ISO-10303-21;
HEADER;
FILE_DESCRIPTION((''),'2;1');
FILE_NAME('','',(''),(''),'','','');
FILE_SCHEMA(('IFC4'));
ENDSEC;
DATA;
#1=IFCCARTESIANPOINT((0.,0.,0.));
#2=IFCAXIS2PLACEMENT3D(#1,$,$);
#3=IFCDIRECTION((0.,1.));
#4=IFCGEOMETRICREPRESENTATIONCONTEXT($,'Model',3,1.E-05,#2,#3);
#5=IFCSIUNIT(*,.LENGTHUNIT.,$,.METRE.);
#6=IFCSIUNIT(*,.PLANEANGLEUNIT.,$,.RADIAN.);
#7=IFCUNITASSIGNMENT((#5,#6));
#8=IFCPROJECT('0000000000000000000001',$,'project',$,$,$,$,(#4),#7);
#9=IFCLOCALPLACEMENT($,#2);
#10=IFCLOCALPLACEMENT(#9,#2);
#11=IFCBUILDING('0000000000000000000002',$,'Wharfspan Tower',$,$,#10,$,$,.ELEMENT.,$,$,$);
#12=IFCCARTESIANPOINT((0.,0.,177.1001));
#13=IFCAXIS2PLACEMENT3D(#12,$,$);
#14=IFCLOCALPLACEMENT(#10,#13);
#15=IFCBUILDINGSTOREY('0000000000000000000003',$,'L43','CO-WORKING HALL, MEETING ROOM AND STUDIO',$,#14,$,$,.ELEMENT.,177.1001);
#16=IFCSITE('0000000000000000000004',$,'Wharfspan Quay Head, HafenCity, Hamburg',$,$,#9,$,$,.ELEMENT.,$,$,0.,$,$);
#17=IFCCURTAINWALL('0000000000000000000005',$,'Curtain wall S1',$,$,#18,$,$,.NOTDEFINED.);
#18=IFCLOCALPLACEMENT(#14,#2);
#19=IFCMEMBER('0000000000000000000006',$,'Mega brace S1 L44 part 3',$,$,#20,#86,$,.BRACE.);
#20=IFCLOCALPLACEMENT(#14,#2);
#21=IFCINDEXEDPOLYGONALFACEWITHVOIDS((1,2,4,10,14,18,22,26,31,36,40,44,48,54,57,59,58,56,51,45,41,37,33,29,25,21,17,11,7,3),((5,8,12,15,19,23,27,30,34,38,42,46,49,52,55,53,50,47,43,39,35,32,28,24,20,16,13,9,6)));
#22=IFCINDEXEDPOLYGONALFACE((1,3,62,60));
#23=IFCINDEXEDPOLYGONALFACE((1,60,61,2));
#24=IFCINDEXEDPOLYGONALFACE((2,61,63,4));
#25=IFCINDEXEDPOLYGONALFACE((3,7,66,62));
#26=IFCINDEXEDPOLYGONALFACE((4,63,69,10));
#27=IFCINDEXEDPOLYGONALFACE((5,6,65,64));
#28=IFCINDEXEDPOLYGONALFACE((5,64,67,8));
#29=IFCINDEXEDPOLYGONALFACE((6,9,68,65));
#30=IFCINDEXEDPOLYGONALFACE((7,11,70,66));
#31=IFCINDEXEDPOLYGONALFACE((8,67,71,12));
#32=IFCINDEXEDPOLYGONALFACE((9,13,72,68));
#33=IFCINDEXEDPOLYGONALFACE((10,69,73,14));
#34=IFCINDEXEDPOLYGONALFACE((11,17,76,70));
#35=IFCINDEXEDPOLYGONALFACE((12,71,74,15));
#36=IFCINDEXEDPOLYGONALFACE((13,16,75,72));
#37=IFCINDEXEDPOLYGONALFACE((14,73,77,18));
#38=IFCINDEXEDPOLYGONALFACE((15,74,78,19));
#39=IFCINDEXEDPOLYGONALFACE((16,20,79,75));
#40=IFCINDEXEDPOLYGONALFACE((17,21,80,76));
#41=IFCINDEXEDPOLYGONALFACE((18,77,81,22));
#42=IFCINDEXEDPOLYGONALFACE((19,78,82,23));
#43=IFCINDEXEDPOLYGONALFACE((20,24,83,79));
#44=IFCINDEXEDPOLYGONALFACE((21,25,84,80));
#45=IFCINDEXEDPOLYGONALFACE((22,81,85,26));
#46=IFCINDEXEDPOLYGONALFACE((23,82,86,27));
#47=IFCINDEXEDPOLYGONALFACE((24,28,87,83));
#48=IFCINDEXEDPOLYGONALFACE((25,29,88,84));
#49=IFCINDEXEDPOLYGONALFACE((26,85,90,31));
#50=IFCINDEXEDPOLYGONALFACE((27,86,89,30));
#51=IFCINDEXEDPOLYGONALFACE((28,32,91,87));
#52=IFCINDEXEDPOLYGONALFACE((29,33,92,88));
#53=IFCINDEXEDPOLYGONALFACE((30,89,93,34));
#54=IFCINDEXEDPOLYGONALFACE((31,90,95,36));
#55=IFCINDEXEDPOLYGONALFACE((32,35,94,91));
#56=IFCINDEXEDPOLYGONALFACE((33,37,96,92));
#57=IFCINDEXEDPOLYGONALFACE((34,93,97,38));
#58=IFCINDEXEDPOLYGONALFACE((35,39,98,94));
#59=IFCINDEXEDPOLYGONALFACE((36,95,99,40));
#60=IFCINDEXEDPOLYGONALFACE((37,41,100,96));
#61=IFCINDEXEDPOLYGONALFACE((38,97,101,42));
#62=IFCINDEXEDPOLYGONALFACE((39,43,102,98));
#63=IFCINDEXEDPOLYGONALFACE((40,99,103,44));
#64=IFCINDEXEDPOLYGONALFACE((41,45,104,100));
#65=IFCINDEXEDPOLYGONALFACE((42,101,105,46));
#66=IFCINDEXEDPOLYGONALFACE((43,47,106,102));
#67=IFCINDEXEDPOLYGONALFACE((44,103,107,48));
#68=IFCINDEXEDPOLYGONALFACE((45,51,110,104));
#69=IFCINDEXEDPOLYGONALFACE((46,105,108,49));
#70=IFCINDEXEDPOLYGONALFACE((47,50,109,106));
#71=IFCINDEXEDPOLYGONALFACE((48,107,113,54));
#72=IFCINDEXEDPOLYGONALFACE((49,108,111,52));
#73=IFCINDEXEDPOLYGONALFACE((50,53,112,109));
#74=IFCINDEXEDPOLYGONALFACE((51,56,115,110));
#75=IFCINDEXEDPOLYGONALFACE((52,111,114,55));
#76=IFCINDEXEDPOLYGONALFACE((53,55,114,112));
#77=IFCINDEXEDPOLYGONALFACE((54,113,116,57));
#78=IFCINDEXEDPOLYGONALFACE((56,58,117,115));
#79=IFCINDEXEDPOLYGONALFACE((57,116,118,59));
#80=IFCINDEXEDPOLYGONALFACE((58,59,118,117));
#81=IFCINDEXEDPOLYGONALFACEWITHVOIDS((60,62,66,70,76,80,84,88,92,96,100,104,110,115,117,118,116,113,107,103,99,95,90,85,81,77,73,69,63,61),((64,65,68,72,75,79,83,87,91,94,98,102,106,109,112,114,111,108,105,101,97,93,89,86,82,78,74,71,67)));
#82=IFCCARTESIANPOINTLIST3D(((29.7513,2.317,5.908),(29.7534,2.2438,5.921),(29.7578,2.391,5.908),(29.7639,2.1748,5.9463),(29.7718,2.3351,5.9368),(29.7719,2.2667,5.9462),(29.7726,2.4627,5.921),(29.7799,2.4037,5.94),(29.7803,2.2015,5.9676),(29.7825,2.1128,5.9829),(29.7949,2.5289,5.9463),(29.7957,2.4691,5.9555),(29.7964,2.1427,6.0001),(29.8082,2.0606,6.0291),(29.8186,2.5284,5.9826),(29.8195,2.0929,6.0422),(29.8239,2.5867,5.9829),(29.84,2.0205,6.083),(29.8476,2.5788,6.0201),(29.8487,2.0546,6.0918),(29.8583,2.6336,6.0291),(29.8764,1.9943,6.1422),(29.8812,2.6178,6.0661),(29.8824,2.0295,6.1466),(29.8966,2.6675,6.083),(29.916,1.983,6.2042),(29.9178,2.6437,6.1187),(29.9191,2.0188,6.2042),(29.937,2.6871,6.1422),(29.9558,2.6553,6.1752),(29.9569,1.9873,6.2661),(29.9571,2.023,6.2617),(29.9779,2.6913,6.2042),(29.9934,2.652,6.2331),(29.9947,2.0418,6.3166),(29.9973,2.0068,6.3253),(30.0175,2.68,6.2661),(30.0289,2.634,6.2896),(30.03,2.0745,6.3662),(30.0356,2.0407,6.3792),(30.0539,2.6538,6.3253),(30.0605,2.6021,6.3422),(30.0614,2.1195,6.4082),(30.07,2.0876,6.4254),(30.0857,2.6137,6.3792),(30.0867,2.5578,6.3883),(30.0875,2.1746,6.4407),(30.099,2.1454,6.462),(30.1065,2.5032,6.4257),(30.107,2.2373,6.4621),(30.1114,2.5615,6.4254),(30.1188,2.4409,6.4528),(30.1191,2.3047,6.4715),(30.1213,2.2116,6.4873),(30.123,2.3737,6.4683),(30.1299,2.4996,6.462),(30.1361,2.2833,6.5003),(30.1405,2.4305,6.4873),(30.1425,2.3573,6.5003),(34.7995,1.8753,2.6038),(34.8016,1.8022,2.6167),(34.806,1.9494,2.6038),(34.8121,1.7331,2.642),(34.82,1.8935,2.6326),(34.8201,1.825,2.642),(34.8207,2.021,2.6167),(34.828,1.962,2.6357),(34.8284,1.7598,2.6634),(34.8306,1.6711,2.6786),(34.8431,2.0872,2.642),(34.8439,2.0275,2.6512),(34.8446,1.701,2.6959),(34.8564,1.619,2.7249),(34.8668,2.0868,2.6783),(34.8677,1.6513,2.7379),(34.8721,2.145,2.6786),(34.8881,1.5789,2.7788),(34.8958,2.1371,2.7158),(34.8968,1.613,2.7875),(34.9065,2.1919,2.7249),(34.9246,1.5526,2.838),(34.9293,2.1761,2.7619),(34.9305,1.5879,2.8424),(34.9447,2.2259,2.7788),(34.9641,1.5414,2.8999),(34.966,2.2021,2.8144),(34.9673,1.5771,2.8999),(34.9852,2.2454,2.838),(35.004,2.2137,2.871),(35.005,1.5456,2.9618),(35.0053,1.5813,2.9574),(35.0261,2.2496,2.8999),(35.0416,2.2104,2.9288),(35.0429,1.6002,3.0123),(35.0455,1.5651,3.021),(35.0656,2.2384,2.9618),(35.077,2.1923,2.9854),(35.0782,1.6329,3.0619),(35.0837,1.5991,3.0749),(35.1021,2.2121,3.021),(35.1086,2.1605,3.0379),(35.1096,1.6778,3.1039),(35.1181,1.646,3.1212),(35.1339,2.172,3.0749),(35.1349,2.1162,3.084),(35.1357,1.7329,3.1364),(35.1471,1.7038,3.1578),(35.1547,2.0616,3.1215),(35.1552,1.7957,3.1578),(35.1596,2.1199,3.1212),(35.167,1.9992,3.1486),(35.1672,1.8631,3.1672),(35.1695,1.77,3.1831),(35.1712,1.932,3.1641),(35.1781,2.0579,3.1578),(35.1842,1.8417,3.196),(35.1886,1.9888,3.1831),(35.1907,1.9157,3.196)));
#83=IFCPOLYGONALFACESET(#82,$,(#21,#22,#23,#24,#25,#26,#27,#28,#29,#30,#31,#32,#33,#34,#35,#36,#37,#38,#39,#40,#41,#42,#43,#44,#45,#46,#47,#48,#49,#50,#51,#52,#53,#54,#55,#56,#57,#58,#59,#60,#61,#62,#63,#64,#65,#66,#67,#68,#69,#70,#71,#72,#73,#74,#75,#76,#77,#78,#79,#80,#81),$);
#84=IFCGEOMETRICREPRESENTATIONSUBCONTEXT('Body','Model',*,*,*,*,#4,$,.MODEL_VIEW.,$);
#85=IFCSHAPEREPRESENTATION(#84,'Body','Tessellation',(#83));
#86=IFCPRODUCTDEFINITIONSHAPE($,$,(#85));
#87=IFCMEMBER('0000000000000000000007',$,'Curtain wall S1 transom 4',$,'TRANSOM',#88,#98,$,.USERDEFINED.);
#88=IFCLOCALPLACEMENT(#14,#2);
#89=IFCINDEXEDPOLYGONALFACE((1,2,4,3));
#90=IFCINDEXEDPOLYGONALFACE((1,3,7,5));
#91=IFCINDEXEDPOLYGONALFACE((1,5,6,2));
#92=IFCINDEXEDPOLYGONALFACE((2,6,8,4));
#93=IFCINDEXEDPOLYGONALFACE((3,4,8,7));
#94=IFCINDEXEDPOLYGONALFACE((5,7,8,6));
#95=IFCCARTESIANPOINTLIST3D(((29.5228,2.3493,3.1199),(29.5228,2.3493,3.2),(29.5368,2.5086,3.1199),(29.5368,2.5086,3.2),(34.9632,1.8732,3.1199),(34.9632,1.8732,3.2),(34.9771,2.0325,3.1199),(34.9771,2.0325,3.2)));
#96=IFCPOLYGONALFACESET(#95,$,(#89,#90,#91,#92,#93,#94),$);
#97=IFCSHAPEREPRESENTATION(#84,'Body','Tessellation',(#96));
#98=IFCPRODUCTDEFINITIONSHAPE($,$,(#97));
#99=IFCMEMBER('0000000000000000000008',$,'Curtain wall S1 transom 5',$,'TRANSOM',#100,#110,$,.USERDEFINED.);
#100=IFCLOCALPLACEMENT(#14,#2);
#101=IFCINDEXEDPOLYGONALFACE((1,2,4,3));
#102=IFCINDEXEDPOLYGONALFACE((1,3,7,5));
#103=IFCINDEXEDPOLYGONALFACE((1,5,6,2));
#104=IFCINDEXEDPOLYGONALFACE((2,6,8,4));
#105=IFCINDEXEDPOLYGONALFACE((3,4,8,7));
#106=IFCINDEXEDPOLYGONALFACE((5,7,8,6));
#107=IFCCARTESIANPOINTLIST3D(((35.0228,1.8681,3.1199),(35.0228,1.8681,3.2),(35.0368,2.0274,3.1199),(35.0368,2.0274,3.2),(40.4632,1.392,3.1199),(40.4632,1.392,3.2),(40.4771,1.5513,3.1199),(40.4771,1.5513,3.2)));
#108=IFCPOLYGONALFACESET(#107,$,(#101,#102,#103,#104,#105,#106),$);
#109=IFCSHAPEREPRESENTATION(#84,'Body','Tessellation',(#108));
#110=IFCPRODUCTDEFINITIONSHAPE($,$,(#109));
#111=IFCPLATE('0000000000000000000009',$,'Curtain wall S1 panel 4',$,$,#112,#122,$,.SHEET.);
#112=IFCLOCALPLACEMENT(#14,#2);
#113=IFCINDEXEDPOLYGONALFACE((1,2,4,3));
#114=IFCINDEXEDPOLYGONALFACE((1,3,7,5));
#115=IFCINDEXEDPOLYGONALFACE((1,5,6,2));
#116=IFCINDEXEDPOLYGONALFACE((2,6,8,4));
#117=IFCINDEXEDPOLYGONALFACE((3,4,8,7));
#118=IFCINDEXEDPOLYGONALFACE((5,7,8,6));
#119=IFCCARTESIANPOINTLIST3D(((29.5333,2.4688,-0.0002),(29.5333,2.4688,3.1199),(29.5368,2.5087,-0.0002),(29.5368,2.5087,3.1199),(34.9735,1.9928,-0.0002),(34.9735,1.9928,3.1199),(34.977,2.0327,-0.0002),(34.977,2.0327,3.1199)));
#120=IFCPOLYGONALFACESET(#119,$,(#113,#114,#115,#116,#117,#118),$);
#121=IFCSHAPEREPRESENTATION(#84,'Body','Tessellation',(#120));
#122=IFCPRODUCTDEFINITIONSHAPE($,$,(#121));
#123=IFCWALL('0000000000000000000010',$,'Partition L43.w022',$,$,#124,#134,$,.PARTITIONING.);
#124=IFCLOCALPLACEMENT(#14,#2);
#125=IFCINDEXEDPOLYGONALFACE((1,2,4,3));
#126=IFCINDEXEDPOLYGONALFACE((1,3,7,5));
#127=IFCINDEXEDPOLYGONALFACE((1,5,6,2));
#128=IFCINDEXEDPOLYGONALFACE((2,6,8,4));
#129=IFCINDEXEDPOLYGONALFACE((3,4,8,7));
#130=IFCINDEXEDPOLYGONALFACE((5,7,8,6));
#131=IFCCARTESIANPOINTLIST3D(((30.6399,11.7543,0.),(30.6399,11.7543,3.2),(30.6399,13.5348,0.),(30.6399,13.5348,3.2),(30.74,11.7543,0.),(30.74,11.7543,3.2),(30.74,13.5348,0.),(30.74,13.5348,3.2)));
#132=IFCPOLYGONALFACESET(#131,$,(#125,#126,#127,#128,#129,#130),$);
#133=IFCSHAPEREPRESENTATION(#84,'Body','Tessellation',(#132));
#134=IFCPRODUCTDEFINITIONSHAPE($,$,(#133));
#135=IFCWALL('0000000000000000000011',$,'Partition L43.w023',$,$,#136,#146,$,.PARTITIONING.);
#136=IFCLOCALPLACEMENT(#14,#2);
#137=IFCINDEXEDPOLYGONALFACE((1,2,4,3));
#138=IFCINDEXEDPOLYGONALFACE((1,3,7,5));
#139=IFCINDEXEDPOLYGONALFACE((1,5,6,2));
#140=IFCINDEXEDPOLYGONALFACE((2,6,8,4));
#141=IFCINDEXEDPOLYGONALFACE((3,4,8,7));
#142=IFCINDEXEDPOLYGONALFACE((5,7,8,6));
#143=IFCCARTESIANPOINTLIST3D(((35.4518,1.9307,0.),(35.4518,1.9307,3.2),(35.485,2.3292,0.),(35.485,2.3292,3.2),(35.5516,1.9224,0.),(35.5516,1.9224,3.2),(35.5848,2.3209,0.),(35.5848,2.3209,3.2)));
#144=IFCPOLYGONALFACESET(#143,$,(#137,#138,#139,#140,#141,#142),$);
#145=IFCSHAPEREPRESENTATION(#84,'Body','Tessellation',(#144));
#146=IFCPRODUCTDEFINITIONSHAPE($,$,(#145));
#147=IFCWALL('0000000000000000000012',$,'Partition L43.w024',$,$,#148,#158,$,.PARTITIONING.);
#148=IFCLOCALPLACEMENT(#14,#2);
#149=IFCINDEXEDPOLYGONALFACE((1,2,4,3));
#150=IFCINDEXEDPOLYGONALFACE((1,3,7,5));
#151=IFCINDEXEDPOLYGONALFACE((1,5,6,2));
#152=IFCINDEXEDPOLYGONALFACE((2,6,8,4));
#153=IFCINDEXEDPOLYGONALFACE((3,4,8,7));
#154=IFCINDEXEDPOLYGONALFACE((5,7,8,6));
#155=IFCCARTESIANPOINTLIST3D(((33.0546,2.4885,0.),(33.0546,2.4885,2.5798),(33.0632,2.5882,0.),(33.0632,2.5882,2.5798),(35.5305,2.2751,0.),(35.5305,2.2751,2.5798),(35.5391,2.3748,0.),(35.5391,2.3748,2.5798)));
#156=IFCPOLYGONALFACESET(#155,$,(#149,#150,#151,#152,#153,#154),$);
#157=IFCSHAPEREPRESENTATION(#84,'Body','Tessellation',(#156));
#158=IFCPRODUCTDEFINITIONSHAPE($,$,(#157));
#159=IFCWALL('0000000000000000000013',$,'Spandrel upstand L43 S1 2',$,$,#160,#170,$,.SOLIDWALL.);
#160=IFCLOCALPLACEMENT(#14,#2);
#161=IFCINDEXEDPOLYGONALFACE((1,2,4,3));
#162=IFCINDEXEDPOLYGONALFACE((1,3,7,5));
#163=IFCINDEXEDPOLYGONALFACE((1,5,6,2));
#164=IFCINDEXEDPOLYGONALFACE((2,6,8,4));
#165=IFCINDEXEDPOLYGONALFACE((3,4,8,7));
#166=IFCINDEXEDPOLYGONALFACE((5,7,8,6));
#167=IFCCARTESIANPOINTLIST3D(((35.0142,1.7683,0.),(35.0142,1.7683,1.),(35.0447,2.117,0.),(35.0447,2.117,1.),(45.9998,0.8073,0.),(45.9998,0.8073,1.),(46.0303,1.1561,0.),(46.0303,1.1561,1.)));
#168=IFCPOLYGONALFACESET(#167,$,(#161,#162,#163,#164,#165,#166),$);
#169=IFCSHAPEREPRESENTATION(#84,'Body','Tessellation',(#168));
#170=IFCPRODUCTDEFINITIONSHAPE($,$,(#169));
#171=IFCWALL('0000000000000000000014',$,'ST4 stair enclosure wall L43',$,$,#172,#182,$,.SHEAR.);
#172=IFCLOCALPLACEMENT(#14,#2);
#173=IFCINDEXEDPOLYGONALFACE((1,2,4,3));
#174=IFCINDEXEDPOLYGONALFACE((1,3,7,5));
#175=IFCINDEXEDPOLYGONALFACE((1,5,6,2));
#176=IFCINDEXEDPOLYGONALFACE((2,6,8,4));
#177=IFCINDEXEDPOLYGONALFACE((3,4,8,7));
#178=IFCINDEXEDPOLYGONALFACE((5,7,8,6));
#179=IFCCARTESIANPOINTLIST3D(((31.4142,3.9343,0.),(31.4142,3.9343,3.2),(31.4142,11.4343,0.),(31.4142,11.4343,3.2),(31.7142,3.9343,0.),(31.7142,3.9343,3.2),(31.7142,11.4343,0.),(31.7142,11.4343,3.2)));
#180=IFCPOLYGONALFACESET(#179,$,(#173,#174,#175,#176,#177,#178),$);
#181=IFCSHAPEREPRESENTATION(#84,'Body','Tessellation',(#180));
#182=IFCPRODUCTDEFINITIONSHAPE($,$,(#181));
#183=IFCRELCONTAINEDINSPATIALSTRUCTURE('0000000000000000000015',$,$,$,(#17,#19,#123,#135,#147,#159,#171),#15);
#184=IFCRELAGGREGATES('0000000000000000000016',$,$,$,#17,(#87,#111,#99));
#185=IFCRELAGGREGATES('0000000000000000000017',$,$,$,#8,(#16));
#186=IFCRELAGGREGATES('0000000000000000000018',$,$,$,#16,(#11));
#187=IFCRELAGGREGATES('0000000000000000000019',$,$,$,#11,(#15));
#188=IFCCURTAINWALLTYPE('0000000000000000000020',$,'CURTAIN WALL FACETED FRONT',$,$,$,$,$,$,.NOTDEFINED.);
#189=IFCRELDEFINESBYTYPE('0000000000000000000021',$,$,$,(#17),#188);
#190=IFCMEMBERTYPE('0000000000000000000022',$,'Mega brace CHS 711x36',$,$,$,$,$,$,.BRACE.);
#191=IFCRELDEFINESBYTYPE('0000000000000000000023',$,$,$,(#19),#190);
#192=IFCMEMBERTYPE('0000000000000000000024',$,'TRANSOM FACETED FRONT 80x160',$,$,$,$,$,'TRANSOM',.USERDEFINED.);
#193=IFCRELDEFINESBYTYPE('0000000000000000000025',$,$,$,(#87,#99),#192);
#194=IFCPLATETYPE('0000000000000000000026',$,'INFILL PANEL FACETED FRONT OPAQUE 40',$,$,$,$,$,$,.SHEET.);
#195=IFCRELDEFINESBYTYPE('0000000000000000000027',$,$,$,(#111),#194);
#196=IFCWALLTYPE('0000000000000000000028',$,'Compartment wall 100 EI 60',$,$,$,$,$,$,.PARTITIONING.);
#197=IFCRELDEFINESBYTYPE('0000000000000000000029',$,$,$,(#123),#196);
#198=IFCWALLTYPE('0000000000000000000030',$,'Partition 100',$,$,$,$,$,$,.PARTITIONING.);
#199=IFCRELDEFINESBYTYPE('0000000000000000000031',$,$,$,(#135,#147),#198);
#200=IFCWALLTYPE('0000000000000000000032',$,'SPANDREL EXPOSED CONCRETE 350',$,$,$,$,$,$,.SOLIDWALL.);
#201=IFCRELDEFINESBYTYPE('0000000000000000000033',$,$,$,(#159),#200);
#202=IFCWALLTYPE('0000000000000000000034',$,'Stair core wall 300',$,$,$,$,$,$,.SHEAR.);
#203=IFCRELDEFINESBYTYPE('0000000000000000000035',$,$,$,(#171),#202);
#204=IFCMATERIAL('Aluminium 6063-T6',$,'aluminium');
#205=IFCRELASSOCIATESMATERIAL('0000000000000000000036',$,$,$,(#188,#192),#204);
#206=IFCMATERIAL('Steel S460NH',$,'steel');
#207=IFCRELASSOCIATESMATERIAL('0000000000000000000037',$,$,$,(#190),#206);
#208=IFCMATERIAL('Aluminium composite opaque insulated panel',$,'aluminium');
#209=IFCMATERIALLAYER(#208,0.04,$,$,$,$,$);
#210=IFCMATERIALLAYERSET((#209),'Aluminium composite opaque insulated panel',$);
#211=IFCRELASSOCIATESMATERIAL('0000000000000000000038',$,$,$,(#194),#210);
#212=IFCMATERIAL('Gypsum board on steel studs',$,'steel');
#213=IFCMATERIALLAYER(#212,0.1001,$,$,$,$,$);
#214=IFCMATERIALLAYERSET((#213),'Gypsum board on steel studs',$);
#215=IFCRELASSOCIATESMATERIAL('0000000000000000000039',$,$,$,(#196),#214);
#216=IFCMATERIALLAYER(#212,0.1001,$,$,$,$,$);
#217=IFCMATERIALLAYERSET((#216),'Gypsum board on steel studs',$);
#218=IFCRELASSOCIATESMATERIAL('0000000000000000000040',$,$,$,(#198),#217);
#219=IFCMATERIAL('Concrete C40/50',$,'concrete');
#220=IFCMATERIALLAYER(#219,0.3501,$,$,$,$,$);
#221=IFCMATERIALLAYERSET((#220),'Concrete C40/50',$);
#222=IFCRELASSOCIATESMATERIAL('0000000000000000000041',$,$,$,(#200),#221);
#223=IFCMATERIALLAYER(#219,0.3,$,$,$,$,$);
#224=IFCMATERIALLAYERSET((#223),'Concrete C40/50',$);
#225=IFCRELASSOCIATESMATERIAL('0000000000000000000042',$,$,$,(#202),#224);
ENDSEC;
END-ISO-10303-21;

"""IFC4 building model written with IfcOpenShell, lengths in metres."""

from ifc_helpers import new_model, si_unit, direction, frame, frame_2d, origin, origin_2d, place, context, subcontext, project, spatial, rectangle, hollow_circle, extrude, material, layer, layer_set, material_profile, profile_set, type_object, element, aggregate, save


model = new_model("IFC4")

# Units and contexts
model_context = context("Model", 3, precision=1e-05, world=origin(), true_north=direction((0.0, 1.0)))
body_context = subcontext(model_context, "Body", "Model", "MODEL_VIEW")
ifc_project = project(units=[si_unit("LENGTHUNIT", "METRE"), si_unit("PLANEANGLEUNIT", "RADIAN")], contexts=[model_context])

# Site, building, storey
site_placement = place(None, origin())
site = spatial("IfcSite", under=ifc_project, at=site_placement, Name="Wharfspan Quay Head, HafenCity, Hamburg", CompositionType="ELEMENT", RefElevation=0.0)
building_placement = place(site_placement, origin())
building = spatial("IfcBuilding", under=site, at=building_placement, Name="Wharfspan Tower", CompositionType="ELEMENT")
storey_placement = place(building_placement, frame((0.0, 0.0, 177.1001)))
storey = spatial("IfcBuildingStorey", under=building, at=storey_placement, Name="L43", Description="CO-WORKING HALL, MEETING ROOM AND STUDIO", CompositionType="ELEMENT", Elevation=177.1001)

# Curtain wall
ifc_material_1 = material(Name="Aluminium 6063-T6", Category="aluminium")
curtain_wall_type = type_object("IfcCurtainWallType", Name="CURTAIN WALL FACETED FRONT", PredefinedType="NOTDEFINED", material=ifc_material_1)
curtain_wall_placement = place(storey_placement, origin())
curtain_wall = element("IfcCurtainWall", 1, at=curtain_wall_placement, inside=storey, type_object=curtain_wall_type, Name="Curtain wall S1", PredefinedType="NOTDEFINED")

# Members
ifc_material_2 = material(Name="Steel S460NH", Category="steel")
ifc_material_profile_1 = material_profile(ifc_material_2, hollow_circle(Radius=0.3555, WallThickness=0.0359, at=origin_2d()))
ifc_profile_set_1 = profile_set([ifc_material_profile_1], Name="Steel S460NH")
member_type_1 = type_object("IfcMemberType", Name="Mega brace CHS 711x36", PredefinedType="BRACE", material=ifc_profile_set_1)
member_1_placement = place(storey_placement, frame((34.9951, 1.8955, 2.8999), z_axis=(-0.834469, 0.073006, 0.546197), x_axis=(-0.087156, -0.996198, -0.000001)))
element("IfcMember", 2, at=member_1_placement, inside=storey, type_object=member_type_1, Name="Mega brace S1 L44 part 3", PredefinedType="BRACE", context=body_context, shape_type="SweptSolid", body=[
    extrude(hollow_circle(Radius=0.3555, WallThickness=0.0359, at=origin_2d()), origin(), (0.0, 0.0, 1.0), 6.0496),
])
ifc_material_profile_2 = material_profile(ifc_material_1, rectangle(XDim=0.1599, YDim=0.0801, at=origin_2d()))
ifc_profile_set_2 = profile_set([ifc_material_profile_2], Name="Aluminium 6063-T6")
member_type_2 = type_object("IfcMemberType", Name="TRANSOM FACETED FRONT 80x160", ElementType="TRANSOM", PredefinedType="USERDEFINED", material=ifc_profile_set_2)
member_2_placement = place(storey_placement, frame((29.5298, 2.429, 3.1599), z_axis=(0.996193, -0.087174, 0.0), x_axis=(0.087174, 0.996193, 0.0)))
member_2 = element("IfcMember", 3, at=member_2_placement, type_object=member_type_2, Name="Curtain wall S1 transom 4", ObjectType="TRANSOM", PredefinedType="USERDEFINED", context=body_context, shape_type="SweptSolid", body=[
    extrude(rectangle(XDim=0.1599, YDim=0.0801, at=origin_2d()), origin(), (0.0, 0.0, 1.0), 5.4612),
])
member_3_placement = place(storey_placement, frame((35.0298, 1.9478, 3.1599), z_axis=(0.996193, -0.087174, 0.0), x_axis=(0.087174, 0.996193, 0.0)))
member_3 = element("IfcMember", 4, at=member_3_placement, type_object=member_type_2, Name="Curtain wall S1 transom 5", ObjectType="TRANSOM", PredefinedType="USERDEFINED", context=body_context, shape_type="SweptSolid", body=[
    extrude(rectangle(XDim=0.1599, YDim=0.0801, at=origin_2d()), origin(), (0.0, 0.0, 1.0), 5.4612),
])

# Plate
ifc_material_3 = material(Name="Aluminium composite opaque insulated panel", Category="aluminium")
ifc_layer_1 = layer(ifc_material_3, 0.04)
ifc_layer_set_1 = layer_set([ifc_layer_1], Name="Aluminium composite opaque insulated panel")
plate_type = type_object("IfcPlateType", Name="INFILL PANEL FACETED FRONT OPAQUE 40", PredefinedType="SHEET", material=ifc_layer_set_1)
plate_placement = place(storey_placement, frame((32.2551, 2.2507, -0.0002), z_axis=(0.0, 0.0, 1.0), x_axis=(0.996198, -0.087156, 0.0)))
plate = element("IfcPlate", 5, at=plate_placement, type_object=plate_type, Name="Curtain wall S1 panel 4", PredefinedType="SHEET", context=body_context, shape_type="SweptSolid", body=[
    extrude(rectangle(XDim=5.4609, YDim=0.04, at=origin_2d()), origin(), (0.0, 0.0, 1.0), 3.1201),
])
aggregate(curtain_wall, [member_2, plate, member_3])

# Walls
ifc_material_4 = material(Name="Gypsum board on steel studs", Category="steel")
ifc_layer_2 = layer(ifc_material_4, 0.1001)
ifc_layer_set_2 = layer_set([ifc_layer_2], Name="Gypsum board on steel studs")
wall_type_1 = type_object("IfcWallType", Name="Compartment wall 100 EI 60", PredefinedType="PARTITIONING", material=ifc_layer_set_2)
wall_1_placement = place(storey_placement, frame((30.6899, 11.7544, 0.0), z_axis=(0.0, 0.0, 1.0), x_axis=(0.0, 1.0, 0.0)))
element("IfcWall", 6, at=wall_1_placement, inside=storey, type_object=wall_type_1, Name="Partition L43.w022", PredefinedType="PARTITIONING", context=body_context, shape_type="SweptSolid", body=[
    extrude(rectangle(XDim=1.7805, YDim=0.1001, at=frame_2d((0.8901, 0.0))), origin(), (0.0, 0.0, 1.0), 3.2),
])
ifc_layer_3 = layer(ifc_material_4, 0.1001)
ifc_layer_set_3 = layer_set([ifc_layer_3], Name="Gypsum board on steel studs")
wall_type_2 = type_object("IfcWallType", Name="Partition 100", PredefinedType="PARTITIONING", material=ifc_layer_set_3)
wall_2_placement = place(storey_placement, frame((35.5017, 1.9265, 0.0), z_axis=(0.0, 0.0, 1.0), x_axis=(0.083045, 0.996542, 0.0)))
element("IfcWall", 7, at=wall_2_placement, inside=storey, type_object=wall_type_2, Name="Partition L43.w023", PredefinedType="PARTITIONING", context=body_context, shape_type="SweptSolid", body=[
    extrude(rectangle(XDim=0.3999, YDim=0.1001, at=frame_2d((0.2, 0.0))), origin(), (0.0, 0.0, 1.0), 3.2),
])
wall_3_placement = place(storey_placement, frame((35.5349, 2.325, 0.0), z_axis=(0.0, 0.0, 1.0), x_axis=(-0.996311, 0.085867, 0.0)))
element("IfcWall", 8, at=wall_3_placement, inside=storey, type_object=wall_type_2, Name="Partition L43.w024", PredefinedType="PARTITIONING", context=body_context, shape_type="SweptSolid", body=[
    extrude(rectangle(XDim=2.4851, YDim=0.1001, at=frame_2d((1.2427, 0.0))), origin(), (0.0, 0.0, 1.0), 2.5798),
])
ifc_material_5 = material(Name="Concrete C40/50", Category="concrete")
ifc_layer_4 = layer(ifc_material_5, 0.3501)
ifc_layer_set_4 = layer_set([ifc_layer_4], Name="Concrete C40/50")
wall_type_3 = type_object("IfcWallType", Name="SPANDREL EXPOSED CONCRETE 350", PredefinedType="SOLIDWALL", material=ifc_layer_set_4)
wall_4_placement = place(storey_placement, frame((35.0295, 1.9426, 0.0), z_axis=(0.0, 0.0, 1.0), x_axis=(0.996199, -0.08714, 0.0)))
element("IfcWall", 9, at=wall_4_placement, inside=storey, type_object=wall_type_3, Name="Spandrel upstand L43 S1 2", PredefinedType="SOLIDWALL", context=body_context, shape_type="SweptSolid", body=[
    extrude(rectangle(XDim=11.0276, YDim=0.3501, at=frame_2d((5.5137, 0.0))), origin(), (0.0, 0.0, 1.0), 1.0),
])
ifc_layer_5 = layer(ifc_material_5, 0.3)
ifc_layer_set_5 = layer_set([ifc_layer_5], Name="Concrete C40/50")
wall_type_4 = type_object("IfcWallType", Name="Stair core wall 300", PredefinedType="SHEAR", material=ifc_layer_set_5)
wall_5_placement = place(storey_placement, frame((31.5642, 3.9343, 0.0), z_axis=(0.0, 0.0, 1.0), x_axis=(0.0, 1.0, 0.0)))
element("IfcWall", 10, at=wall_5_placement, inside=storey, type_object=wall_type_4, Name="ST4 stair enclosure wall L43", PredefinedType="SHEAR", context=body_context, shape_type="SweptSolid", body=[
    extrude(rectangle(XDim=7.5, YDim=0.3, at=frame_2d((3.75, 0.0))), origin(), (0.0, 0.0, 1.0), 3.2),
])

save(model, "model.ifc")
